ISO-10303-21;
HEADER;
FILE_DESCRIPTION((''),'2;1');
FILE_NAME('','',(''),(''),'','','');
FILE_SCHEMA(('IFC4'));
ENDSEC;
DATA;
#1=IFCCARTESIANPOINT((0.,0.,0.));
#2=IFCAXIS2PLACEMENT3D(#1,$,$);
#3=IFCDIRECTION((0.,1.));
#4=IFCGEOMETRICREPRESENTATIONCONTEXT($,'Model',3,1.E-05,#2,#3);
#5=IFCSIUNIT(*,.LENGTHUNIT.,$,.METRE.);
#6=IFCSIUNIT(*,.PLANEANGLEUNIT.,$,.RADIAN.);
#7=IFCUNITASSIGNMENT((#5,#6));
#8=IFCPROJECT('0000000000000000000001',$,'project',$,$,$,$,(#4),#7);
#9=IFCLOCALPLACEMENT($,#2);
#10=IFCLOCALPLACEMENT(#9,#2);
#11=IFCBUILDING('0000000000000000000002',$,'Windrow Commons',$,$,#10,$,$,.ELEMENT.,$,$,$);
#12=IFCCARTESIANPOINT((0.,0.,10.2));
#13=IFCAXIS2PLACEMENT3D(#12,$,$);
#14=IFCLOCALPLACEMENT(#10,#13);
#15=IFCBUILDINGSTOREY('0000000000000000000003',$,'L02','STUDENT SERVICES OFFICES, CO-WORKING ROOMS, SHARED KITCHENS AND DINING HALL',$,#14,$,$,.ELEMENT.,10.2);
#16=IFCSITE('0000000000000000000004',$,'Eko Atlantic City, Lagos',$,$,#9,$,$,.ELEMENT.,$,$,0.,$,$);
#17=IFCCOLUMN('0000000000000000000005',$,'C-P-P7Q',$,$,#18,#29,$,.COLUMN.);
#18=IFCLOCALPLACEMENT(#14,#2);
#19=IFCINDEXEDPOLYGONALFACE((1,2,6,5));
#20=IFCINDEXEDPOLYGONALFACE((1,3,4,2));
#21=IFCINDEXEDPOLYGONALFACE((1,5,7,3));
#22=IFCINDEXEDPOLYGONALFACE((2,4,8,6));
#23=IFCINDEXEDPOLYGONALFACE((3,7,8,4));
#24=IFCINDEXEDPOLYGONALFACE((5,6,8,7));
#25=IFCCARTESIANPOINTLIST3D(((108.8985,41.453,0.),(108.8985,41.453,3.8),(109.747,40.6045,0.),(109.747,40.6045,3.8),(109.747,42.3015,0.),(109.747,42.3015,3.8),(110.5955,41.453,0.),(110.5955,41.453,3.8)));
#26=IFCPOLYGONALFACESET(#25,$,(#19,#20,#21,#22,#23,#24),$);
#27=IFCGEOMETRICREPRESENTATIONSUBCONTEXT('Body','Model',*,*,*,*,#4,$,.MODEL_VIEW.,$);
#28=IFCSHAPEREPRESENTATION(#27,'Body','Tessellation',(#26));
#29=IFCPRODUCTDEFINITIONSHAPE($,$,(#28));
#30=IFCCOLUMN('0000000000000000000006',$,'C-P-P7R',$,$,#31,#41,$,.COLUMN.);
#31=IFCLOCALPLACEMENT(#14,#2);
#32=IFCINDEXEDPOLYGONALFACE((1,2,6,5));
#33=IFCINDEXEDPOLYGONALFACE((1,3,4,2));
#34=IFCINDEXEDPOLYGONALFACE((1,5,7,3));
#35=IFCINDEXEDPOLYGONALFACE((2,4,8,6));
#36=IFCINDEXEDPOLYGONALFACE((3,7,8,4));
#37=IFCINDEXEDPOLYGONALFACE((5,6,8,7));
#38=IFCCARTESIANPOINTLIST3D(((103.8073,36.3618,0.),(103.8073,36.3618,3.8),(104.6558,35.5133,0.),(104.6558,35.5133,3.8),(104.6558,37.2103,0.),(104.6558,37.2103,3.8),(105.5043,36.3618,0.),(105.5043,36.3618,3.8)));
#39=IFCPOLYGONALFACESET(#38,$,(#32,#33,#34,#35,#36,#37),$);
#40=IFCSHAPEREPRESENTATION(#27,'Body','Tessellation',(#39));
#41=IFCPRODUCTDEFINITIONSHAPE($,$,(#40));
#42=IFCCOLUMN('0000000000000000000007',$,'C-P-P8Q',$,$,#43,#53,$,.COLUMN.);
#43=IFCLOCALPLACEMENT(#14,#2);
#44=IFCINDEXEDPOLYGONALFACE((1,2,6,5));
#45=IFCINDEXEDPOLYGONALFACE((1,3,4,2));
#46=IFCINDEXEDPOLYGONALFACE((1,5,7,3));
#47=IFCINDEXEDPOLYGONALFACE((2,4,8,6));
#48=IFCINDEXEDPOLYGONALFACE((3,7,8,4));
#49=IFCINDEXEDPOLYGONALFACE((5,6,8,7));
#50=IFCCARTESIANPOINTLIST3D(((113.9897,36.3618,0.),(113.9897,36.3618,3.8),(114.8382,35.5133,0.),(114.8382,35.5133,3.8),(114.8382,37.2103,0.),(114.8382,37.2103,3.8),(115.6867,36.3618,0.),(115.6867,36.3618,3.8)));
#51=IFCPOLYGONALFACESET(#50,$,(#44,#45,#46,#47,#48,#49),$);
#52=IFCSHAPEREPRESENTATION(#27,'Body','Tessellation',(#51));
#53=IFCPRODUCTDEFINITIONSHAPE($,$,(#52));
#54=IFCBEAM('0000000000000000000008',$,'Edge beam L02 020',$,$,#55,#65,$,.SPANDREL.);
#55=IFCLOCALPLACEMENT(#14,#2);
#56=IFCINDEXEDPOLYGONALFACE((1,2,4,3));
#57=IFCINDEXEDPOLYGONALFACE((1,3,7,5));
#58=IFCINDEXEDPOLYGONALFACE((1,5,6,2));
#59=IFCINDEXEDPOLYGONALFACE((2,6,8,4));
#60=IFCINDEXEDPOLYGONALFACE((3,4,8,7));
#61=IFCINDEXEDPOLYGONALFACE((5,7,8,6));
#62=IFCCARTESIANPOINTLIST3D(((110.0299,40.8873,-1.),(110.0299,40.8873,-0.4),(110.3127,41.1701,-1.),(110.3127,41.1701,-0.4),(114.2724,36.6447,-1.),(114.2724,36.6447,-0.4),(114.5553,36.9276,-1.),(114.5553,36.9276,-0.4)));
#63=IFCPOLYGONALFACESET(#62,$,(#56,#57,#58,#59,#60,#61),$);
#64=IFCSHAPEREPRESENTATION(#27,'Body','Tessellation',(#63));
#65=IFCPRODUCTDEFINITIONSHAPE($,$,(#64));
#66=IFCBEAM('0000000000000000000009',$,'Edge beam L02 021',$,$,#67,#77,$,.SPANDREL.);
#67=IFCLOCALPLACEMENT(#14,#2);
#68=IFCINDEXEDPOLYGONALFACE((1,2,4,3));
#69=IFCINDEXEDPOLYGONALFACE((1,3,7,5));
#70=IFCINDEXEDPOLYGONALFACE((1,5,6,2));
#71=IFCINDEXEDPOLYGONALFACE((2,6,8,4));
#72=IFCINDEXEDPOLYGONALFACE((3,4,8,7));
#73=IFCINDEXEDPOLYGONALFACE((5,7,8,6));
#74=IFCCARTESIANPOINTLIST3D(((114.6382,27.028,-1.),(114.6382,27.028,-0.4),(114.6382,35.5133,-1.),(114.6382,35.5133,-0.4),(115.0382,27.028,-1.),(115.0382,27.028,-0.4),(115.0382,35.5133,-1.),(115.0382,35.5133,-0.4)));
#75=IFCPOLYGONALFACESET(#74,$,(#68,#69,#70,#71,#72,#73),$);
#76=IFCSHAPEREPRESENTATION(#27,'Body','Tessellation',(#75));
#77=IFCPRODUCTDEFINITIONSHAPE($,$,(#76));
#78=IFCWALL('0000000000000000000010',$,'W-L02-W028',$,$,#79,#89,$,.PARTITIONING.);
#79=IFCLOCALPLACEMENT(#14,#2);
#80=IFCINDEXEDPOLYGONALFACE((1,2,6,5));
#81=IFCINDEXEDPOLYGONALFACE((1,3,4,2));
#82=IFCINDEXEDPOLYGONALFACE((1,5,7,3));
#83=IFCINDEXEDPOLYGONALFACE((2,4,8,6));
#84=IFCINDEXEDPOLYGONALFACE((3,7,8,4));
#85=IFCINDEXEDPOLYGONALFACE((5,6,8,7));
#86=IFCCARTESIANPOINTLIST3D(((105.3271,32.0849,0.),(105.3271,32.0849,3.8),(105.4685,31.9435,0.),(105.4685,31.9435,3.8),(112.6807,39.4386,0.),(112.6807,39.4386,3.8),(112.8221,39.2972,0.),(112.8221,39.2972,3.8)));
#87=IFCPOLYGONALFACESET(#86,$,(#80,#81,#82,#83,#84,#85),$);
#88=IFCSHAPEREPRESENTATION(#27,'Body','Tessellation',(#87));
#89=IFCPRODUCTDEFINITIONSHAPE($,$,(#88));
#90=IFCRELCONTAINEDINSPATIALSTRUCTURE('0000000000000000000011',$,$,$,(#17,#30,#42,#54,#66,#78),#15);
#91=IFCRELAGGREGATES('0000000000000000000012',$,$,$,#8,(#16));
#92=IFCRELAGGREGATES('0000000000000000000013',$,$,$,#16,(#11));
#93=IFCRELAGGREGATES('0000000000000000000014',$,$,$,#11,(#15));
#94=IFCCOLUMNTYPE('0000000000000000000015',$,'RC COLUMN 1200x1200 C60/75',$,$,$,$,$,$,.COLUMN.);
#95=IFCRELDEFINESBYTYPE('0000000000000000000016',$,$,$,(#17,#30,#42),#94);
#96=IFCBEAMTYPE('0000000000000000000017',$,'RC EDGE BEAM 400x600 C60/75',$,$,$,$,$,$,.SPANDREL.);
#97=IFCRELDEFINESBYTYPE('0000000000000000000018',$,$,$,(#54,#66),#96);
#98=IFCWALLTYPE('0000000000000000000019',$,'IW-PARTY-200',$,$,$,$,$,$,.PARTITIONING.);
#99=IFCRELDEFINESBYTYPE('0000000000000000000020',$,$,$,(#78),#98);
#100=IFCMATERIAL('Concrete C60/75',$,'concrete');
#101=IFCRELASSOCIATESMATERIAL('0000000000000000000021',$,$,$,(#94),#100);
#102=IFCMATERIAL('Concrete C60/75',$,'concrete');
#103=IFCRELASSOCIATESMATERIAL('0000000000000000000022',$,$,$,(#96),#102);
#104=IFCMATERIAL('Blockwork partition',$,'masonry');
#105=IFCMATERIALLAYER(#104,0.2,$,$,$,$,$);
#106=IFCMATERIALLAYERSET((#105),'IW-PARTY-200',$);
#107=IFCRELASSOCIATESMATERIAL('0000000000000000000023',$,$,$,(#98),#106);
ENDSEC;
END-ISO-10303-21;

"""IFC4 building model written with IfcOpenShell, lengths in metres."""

from ifc_helpers import new_model, si_unit, direction, frame, frame_2d, origin, origin_2d, place, context, subcontext, project, spatial, rectangle, extrude, material, layer, layer_set, material_profile, profile_set, type_object, element, save


model = new_model("IFC4")

# Units and contexts
model_context = context("Model", 3, precision=1e-05, world=origin(), true_north=direction((0.0, 1.0)))
body_context = subcontext(model_context, "Body", "Model", "MODEL_VIEW")
ifc_project = project(units=[si_unit("LENGTHUNIT", "METRE"), si_unit("PLANEANGLEUNIT", "RADIAN")], contexts=[model_context])

# Site, building, storey
site_placement = place(None, origin())
site = spatial("IfcSite", under=ifc_project, at=site_placement, Name="Eko Atlantic City, Lagos", CompositionType="ELEMENT", RefElevation=0.0)
building_placement = place(site_placement, origin())
building = spatial("IfcBuilding", under=site, at=building_placement, Name="Windrow Commons", CompositionType="ELEMENT")
storey_placement = place(building_placement, frame((0.0, 0.0, 10.2)))
storey = spatial("IfcBuildingStorey", under=building, at=storey_placement, Name="L02", Description="STUDENT SERVICES OFFICES, CO-WORKING ROOMS, SHARED KITCHENS AND DINING HALL", CompositionType="ELEMENT", Elevation=10.2)

# Columns
ifc_material_1 = material(Name="Concrete C60/75", Category="concrete")
ifc_material_profile_1 = material_profile(ifc_material_1, rectangle(XDim=1.2, YDim=1.2, at=origin_2d()))
ifc_profile_set_1 = profile_set([ifc_material_profile_1], Name="Concrete C60/75")
column_type = type_object("IfcColumnType", Name="RC COLUMN 1200x1200 C60/75", PredefinedType="COLUMN", material=ifc_profile_set_1)
for number, where, z_axis, x_axis, name in (
    (1, (109.747, 41.453, 0.0), (0.0, 0.0, 1.0), (0.707107, -0.707107, 0.0), "C-P-P7Q"),
    (2, (104.6558, 36.3618, 0.0), (0.0, 0.0, 1.0), (0.707107, -0.707107, 0.0), "C-P-P7R"),
    (3, (114.8382, 36.3618, 0.0), (0.0, 0.0, 1.0), (0.707107, -0.707107, 0.0), "C-P-P8Q"),
):
    element("IfcColumn", number, at=place(storey_placement, frame(where, z_axis=z_axis, x_axis=x_axis)), inside=storey, type_object=column_type, Name=name, PredefinedType="COLUMN", context=body_context, shape_type="SweptSolid", body=[
        extrude(rectangle(XDim=1.2, YDim=1.2, at=origin_2d()), origin(), (0.0, 0.0, 1.0), 3.8),
    ])

# Beams
ifc_material_2 = material(Name="Concrete C60/75", Category="concrete")
ifc_material_profile_2 = material_profile(ifc_material_2, rectangle(XDim=0.4, YDim=0.6, at=origin_2d()))
ifc_profile_set_2 = profile_set([ifc_material_profile_2], Name="Concrete C60/75")
beam_type = type_object("IfcBeamType", Name="RC EDGE BEAM 400x600 C60/75", PredefinedType="SPANDREL", material=ifc_profile_set_2)
beam_1_placement = place(storey_placement, frame((110.1713, 41.0287, -0.7), z_axis=(0.707107, -0.707107, 0.0), x_axis=(0.707107, 0.707107, 0.0)))
element("IfcBeam", 4, at=beam_1_placement, inside=storey, type_object=beam_type, Name="Edge beam L02 020", PredefinedType="SPANDREL", context=body_context, shape_type="SweptSolid", body=[
    extrude(rectangle(XDim=0.4, YDim=0.6, at=origin_2d()), origin(), (0.0, 0.0, 1.0), 5.9999),
])
beam_2_placement = place(storey_placement, frame((114.8382, 35.5133, -0.7), z_axis=(0.0, -1.0, 0.0), x_axis=(1.0, 0.0, 0.0)))
element("IfcBeam", 5, at=beam_2_placement, inside=storey, type_object=beam_type, Name="Edge beam L02 021", PredefinedType="SPANDREL", context=body_context, shape_type="SweptSolid", body=[
    extrude(rectangle(XDim=0.4, YDim=0.6, at=origin_2d()), origin(), (0.0, 0.0, 1.0), 8.4853),
])

# Wall
ifc_material_3 = material(Name="Blockwork partition", Category="masonry")
ifc_layer_1 = layer(ifc_material_3, 0.2)
ifc_layer_set_1 = layer_set([ifc_layer_1], Name="IW-PARTY-200")
wall_type_1 = type_object("IfcWallType", Name="IW-PARTY-200", PredefinedType="PARTITIONING", material=ifc_layer_set_1)
wall_1_placement = place(storey_placement, frame((105.3978, 32.0142, 0.0), z_axis=(0.0, 0.0, 1.0), x_axis=(0.707102, 0.707112, 0.0)))
element("IfcWall", 6, at=wall_1_placement, inside=storey, type_object=wall_type_1, Name="W-L02-W028", PredefinedType="PARTITIONING", context=body_context, shape_type="SweptSolid", body=[
    extrude(rectangle(XDim=10.3996, YDim=0.2, at=frame_2d((5.1998, 0.0))), origin(), (0.0, 0.0, 1.0), 3.8),
])

save(model, "model.ifc")
